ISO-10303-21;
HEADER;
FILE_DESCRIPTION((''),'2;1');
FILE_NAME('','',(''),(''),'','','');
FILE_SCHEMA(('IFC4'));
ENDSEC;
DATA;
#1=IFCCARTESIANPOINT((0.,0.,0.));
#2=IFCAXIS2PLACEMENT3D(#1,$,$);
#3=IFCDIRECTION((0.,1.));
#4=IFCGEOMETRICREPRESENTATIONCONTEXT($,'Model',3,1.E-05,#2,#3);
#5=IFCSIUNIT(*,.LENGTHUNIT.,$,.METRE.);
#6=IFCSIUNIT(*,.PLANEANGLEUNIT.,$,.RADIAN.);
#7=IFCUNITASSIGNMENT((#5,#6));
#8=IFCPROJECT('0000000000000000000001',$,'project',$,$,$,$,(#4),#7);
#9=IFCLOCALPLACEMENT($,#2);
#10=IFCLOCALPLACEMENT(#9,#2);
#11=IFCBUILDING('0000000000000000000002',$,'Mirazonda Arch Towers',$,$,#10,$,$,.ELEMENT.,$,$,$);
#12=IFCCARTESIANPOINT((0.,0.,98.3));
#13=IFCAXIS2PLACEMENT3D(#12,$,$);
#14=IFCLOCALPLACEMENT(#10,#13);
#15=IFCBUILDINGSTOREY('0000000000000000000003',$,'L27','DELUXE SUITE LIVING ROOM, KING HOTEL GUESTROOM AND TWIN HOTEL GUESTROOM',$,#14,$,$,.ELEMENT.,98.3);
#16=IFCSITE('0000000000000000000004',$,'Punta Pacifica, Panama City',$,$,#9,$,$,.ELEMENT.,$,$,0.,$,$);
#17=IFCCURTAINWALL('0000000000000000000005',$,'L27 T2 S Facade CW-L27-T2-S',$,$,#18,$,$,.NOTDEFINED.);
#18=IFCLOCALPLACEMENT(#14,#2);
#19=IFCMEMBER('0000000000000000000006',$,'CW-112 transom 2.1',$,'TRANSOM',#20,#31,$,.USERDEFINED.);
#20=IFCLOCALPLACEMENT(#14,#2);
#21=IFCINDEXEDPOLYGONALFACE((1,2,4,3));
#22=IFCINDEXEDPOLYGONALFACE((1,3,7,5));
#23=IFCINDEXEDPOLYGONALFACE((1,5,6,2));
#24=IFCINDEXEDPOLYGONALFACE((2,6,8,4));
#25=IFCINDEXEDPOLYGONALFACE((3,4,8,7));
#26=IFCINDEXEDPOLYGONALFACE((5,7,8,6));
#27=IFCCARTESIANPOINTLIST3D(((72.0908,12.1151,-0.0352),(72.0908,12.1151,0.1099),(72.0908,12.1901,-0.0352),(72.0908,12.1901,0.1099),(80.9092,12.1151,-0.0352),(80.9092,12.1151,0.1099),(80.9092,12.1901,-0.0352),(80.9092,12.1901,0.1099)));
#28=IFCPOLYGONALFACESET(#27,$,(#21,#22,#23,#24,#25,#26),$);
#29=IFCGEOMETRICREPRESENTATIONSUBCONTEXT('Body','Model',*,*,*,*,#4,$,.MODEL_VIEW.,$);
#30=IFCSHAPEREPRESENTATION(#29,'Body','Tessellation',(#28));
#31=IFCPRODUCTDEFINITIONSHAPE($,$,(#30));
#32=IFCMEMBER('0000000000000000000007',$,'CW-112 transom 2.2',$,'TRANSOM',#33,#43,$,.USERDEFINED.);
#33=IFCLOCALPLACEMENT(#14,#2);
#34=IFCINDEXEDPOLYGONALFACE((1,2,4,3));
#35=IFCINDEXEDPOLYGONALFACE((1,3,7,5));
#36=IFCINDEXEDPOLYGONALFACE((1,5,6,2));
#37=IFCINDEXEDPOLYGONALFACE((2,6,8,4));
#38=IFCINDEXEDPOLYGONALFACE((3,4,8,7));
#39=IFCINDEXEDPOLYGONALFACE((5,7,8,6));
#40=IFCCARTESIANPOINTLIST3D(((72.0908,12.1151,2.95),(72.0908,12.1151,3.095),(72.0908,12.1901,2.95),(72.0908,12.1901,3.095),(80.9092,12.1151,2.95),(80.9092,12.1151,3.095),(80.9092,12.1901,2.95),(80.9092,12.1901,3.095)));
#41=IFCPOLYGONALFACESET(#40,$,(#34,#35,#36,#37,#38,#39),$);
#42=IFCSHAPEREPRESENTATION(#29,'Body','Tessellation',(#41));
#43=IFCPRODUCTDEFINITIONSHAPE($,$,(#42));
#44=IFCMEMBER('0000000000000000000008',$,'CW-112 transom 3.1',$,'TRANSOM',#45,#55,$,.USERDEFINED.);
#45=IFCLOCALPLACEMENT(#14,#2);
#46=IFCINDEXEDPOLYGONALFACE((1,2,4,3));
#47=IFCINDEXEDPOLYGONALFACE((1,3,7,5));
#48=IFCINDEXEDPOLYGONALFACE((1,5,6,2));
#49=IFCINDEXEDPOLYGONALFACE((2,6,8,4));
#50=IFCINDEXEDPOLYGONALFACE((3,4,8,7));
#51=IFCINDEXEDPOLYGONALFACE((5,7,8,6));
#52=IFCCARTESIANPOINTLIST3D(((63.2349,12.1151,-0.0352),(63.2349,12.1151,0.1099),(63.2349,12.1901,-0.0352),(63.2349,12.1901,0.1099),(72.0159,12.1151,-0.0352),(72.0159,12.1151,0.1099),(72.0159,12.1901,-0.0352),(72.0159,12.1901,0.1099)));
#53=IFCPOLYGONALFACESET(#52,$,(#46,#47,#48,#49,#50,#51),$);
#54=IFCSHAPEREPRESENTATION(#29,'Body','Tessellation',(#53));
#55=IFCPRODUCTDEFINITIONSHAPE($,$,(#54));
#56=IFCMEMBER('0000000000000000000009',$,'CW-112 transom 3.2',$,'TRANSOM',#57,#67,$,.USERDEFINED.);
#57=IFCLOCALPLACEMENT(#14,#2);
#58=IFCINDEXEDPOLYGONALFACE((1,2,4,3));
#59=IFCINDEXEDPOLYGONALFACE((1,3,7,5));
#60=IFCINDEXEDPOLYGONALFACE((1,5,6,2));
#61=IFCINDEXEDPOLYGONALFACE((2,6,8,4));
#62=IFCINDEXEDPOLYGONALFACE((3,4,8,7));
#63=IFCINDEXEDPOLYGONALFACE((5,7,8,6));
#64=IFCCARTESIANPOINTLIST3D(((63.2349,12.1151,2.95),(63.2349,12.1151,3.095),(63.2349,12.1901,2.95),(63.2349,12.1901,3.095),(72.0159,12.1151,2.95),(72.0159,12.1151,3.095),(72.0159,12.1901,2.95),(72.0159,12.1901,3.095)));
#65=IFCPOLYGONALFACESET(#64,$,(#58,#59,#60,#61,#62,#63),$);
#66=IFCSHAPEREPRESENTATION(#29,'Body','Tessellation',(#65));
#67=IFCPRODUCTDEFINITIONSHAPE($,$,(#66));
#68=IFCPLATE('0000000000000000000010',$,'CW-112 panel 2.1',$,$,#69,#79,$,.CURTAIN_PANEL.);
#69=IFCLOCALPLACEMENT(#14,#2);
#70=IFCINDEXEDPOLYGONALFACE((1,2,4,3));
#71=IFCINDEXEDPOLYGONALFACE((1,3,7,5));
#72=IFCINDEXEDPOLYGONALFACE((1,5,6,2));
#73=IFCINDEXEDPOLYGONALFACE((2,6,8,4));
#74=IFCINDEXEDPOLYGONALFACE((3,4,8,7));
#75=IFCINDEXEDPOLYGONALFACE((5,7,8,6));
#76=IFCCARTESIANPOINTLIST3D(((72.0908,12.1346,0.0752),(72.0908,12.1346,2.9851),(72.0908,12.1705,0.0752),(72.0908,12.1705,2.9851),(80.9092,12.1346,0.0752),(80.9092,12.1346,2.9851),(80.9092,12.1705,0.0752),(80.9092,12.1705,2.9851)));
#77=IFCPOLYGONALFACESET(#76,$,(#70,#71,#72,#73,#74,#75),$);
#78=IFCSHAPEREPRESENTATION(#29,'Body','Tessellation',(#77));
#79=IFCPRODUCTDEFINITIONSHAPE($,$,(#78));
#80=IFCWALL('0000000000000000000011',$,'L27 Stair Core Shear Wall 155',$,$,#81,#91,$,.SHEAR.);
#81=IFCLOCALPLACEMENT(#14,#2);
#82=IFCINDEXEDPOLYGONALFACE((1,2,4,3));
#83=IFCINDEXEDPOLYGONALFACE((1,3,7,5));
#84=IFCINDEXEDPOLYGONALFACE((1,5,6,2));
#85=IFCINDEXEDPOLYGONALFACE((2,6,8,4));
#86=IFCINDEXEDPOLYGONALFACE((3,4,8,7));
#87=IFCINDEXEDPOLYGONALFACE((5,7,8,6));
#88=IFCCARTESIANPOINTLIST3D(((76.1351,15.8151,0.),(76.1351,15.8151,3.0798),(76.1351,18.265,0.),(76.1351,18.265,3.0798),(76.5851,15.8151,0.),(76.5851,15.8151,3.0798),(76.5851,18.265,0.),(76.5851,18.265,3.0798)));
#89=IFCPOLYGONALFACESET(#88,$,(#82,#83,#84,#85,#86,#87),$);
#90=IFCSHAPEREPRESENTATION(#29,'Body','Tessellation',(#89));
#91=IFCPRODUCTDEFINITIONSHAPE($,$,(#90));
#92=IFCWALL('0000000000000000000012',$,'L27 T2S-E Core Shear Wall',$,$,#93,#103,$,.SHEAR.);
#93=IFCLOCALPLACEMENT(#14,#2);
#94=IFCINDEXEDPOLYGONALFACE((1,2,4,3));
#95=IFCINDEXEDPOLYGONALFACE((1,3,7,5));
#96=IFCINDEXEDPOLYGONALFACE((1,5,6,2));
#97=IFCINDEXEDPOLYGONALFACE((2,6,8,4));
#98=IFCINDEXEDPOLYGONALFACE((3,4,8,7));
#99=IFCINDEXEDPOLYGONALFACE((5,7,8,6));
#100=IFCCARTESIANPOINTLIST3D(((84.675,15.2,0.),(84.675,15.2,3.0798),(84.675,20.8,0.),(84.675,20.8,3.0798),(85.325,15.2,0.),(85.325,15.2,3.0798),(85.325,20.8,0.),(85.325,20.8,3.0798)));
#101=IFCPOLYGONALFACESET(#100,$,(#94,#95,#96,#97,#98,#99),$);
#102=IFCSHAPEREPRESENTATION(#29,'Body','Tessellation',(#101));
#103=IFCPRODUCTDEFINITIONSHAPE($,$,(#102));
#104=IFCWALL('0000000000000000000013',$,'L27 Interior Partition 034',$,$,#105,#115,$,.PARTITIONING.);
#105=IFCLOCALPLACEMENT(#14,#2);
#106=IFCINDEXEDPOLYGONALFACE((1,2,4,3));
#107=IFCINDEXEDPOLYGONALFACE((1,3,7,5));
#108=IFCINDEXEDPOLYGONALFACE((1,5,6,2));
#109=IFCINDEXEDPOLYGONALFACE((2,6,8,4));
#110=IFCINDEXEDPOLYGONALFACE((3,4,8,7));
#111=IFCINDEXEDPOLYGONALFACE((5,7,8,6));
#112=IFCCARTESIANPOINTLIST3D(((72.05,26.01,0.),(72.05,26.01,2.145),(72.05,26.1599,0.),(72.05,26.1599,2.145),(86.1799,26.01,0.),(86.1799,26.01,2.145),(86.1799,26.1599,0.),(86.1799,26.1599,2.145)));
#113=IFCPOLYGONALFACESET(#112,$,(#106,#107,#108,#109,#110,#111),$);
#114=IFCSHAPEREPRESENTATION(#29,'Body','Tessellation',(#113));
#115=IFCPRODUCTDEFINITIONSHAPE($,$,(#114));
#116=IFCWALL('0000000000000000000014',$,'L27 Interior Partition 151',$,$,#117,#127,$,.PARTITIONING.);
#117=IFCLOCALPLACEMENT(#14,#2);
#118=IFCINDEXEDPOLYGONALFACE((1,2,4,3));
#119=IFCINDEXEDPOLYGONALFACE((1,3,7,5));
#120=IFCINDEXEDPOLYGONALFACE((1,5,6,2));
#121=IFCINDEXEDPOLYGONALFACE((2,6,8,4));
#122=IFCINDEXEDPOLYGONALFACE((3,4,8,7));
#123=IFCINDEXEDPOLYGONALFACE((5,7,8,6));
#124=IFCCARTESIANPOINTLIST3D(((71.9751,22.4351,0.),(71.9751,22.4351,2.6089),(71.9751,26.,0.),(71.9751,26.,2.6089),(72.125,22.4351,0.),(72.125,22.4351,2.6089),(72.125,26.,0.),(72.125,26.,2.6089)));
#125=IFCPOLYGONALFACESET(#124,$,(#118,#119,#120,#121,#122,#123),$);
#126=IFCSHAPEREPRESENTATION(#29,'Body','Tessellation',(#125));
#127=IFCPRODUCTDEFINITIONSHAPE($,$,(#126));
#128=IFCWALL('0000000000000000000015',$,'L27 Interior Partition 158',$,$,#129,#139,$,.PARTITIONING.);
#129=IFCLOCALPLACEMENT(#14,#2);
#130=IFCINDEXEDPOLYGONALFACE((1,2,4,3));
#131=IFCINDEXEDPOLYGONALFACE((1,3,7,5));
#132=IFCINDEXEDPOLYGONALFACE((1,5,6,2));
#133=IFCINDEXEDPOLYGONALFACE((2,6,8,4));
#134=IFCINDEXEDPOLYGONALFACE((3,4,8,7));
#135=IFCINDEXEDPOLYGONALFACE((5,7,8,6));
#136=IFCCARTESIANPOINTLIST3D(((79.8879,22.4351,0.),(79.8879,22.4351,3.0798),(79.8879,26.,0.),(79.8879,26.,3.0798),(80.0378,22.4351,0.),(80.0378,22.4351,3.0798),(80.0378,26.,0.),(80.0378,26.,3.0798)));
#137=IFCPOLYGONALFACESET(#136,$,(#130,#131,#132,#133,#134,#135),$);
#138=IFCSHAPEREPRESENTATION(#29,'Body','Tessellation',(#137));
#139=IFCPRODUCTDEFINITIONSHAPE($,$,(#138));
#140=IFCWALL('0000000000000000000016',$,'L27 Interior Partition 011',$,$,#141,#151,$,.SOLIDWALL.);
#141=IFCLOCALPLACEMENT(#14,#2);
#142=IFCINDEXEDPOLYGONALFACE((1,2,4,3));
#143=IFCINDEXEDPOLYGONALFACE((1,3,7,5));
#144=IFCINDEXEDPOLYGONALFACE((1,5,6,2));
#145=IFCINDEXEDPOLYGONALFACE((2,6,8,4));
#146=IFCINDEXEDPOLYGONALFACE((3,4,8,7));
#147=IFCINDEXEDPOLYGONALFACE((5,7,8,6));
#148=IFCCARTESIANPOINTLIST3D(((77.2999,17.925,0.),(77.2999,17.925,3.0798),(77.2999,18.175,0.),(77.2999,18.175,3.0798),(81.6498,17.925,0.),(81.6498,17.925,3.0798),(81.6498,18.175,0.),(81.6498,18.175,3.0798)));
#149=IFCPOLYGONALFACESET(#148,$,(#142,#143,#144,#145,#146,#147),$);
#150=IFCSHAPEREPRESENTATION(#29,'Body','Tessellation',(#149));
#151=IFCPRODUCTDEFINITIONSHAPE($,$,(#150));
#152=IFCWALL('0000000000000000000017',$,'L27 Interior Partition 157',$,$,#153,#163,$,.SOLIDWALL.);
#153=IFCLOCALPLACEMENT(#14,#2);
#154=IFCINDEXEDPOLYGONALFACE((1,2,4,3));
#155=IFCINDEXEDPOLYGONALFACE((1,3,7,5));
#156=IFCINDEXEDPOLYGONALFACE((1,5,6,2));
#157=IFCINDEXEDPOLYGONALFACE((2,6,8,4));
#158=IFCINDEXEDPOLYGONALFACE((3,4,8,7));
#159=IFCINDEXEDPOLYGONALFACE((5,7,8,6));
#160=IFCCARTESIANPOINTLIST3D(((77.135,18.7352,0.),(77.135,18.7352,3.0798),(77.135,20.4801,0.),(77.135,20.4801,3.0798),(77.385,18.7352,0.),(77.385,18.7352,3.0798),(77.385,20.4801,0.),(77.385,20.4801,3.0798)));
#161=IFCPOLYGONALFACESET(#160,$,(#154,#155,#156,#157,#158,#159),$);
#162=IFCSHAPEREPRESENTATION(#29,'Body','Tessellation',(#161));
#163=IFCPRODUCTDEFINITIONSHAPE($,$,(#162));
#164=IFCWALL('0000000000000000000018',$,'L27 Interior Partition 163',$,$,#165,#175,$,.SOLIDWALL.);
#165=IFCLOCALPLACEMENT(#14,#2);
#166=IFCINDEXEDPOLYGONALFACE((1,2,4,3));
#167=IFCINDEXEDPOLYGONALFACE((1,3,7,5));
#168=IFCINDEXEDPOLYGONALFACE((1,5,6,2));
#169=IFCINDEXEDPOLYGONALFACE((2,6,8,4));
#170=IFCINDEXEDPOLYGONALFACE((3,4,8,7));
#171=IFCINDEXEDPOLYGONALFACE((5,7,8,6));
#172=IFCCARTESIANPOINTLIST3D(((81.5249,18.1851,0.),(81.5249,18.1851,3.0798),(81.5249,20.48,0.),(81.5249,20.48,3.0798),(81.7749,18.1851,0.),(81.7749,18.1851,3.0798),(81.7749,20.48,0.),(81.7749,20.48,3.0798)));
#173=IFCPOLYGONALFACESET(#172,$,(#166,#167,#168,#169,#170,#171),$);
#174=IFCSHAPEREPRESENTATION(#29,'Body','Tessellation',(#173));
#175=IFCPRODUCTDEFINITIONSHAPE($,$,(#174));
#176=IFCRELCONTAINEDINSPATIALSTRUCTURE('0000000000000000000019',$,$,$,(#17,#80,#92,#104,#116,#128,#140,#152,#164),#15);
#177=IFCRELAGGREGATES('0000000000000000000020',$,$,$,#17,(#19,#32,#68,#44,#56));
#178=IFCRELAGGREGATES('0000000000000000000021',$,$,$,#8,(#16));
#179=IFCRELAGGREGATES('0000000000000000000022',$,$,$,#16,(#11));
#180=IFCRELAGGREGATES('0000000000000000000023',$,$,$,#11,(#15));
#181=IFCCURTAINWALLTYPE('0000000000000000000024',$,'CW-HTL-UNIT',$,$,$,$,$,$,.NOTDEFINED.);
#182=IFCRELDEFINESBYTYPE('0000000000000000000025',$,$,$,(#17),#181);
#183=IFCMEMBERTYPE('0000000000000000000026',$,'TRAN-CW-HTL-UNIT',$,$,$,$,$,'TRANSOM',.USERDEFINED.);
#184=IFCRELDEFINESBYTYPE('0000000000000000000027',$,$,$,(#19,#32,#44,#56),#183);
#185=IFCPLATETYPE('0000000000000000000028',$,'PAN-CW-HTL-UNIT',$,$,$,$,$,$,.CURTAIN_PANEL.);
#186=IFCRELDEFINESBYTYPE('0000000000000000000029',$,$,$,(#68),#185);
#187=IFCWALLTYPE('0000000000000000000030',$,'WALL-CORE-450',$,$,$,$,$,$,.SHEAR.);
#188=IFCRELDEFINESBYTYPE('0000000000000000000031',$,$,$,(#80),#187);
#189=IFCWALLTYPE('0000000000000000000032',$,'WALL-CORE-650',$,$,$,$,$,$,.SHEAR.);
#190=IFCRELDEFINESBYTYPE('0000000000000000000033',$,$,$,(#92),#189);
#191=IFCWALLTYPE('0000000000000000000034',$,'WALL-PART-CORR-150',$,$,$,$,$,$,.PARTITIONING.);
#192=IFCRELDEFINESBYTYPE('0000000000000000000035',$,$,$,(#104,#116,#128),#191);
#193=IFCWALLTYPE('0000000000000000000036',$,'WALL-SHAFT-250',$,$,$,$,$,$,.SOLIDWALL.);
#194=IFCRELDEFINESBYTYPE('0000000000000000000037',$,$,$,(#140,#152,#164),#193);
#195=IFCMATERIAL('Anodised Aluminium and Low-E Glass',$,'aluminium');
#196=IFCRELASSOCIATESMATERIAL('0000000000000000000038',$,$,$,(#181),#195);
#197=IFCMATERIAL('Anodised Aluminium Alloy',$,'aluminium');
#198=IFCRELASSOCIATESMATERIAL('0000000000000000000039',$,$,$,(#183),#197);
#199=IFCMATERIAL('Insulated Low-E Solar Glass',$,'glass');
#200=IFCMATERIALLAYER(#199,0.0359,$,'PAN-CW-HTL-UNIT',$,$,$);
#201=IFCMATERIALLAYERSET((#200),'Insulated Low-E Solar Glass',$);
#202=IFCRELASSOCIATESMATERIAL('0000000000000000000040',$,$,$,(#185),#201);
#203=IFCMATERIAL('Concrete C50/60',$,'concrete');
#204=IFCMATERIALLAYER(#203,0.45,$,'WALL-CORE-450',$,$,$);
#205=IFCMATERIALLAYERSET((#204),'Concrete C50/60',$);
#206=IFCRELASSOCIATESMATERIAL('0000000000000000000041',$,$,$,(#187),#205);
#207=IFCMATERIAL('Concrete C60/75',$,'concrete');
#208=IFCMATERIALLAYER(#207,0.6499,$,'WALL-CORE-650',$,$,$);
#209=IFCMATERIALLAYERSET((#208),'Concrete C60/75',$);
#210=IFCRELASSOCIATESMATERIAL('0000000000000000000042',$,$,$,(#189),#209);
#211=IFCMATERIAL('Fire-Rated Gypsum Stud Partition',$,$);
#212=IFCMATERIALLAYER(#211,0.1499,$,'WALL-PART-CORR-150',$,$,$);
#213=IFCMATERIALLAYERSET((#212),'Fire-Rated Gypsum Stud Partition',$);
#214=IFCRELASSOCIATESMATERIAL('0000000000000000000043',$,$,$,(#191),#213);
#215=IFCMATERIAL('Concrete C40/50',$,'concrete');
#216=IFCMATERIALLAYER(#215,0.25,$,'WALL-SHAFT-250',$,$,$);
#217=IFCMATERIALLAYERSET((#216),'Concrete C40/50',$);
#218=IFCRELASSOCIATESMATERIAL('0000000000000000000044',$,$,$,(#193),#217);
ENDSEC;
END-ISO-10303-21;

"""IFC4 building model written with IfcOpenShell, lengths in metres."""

from ifc_helpers import new_model, si_unit, direction, frame, frame_2d, origin, origin_2d, place, context, subcontext, project, spatial, rectangle, extrude, material, layer, layer_set, material_profile, profile_set, type_object, element, aggregate, save


model = new_model("IFC4")

# Units and contexts
model_context = context("Model", 3, precision=1e-05, world=origin(), true_north=direction((0.0, 1.0)))
body_context = subcontext(model_context, "Body", "Model", "MODEL_VIEW")
ifc_project = project(units=[si_unit("LENGTHUNIT", "METRE"), si_unit("PLANEANGLEUNIT", "RADIAN")], contexts=[model_context])

# Site, building, storey
site_placement = place(None, origin())
site = spatial("IfcSite", under=ifc_project, at=site_placement, Name="Punta Pacifica, Panama City", CompositionType="ELEMENT", RefElevation=0.0)
building_placement = place(site_placement, origin())
building = spatial("IfcBuilding", under=site, at=building_placement, Name="Mirazonda Arch Towers", CompositionType="ELEMENT")
storey_placement = place(building_placement, frame((0.0, 0.0, 98.3)))
storey = spatial("IfcBuildingStorey", under=building, at=storey_placement, Name="L27", Description="DELUXE SUITE LIVING ROOM, KING HOTEL GUESTROOM AND TWIN HOTEL GUESTROOM", CompositionType="ELEMENT", Elevation=98.3)

# Shared definitions
ifc_material_1 = material(Name="Concrete C50/60", Category="concrete")

# Shared definitions
ifc_material_2 = material(Name="Concrete C60/75", Category="concrete")

# Curtain wall, members, plate
ifc_material_3 = material(Name="Anodised Aluminium and Low-E Glass", Category="aluminium")
curtain_wall_type = type_object("IfcCurtainWallType", Name="CW-HTL-UNIT", PredefinedType="NOTDEFINED", material=ifc_material_3)
curtain_wall_placement = place(storey_placement, origin())
curtain_wall = element("IfcCurtainWall", 1, at=curtain_wall_placement, inside=storey, type_object=curtain_wall_type, Name="L27 T2 S Facade CW-L27-T2-S", PredefinedType="NOTDEFINED")
ifc_material_4 = material(Name="Anodised Aluminium Alloy", Category="aluminium")
ifc_material_profile_1 = material_profile(ifc_material_4, rectangle(XDim=0.075, YDim=0.145, at=origin_2d()), Name="ALU-TRAN-75x145")
ifc_profile_set_1 = profile_set([ifc_material_profile_1], Name="Anodised Aluminium Alloy")
member_type_1 = type_object("IfcMemberType", Name="TRAN-CW-HTL-UNIT", ElementType="TRANSOM", PredefinedType="USERDEFINED", material=ifc_profile_set_1)
member_1_placement = place(storey_placement, frame((80.9092, 12.1526, 0.0374), z_axis=(-1.0, 0.0, 0.0), x_axis=(0.0, -1.0, 0.0)))
member_1 = element("IfcMember", 2, at=member_1_placement, type_object=member_type_1, Name="CW-112 transom 2.1", ObjectType="TRANSOM", PredefinedType="USERDEFINED", context=body_context, shape_type="SweptSolid", body=[
    extrude(rectangle(XDim=0.075, YDim=0.145, at=origin_2d()), origin(), (0.0, 0.0, 1.0), 8.8184),
])
member_2_placement = place(storey_placement, frame((80.9092, 12.1526, 3.0225), z_axis=(-1.0, 0.0, 0.0), x_axis=(0.0, -1.0, 0.0)))
member_2 = element("IfcMember", 3, at=member_2_placement, type_object=member_type_1, Name="CW-112 transom 2.2", ObjectType="TRANSOM", PredefinedType="USERDEFINED", context=body_context, shape_type="SweptSolid", body=[
    extrude(rectangle(XDim=0.075, YDim=0.145, at=origin_2d()), origin(), (0.0, 0.0, 1.0), 8.8184),
])
member_3_placement = place(storey_placement, frame((72.0159, 12.1526, 0.0374), z_axis=(-1.0, 0.0, 0.0), x_axis=(0.0, -1.0, 0.0)))
member_3 = element("IfcMember", 4, at=member_3_placement, type_object=member_type_1, Name="CW-112 transom 3.1", ObjectType="TRANSOM", PredefinedType="USERDEFINED", context=body_context, shape_type="SweptSolid", body=[
    extrude(rectangle(XDim=0.075, YDim=0.145, at=origin_2d()), origin(), (0.0, 0.0, 1.0), 8.781),
])
member_4_placement = place(storey_placement, frame((72.0159, 12.1526, 3.0225), z_axis=(-1.0, 0.0, 0.0), x_axis=(0.0, -1.0, 0.0)))
member_4 = element("IfcMember", 5, at=member_4_placement, type_object=member_type_1, Name="CW-112 transom 3.2", ObjectType="TRANSOM", PredefinedType="USERDEFINED", context=body_context, shape_type="SweptSolid", body=[
    extrude(rectangle(XDim=0.075, YDim=0.145, at=origin_2d()), origin(), (0.0, 0.0, 1.0), 8.781),
])
ifc_material_5 = material(Name="Insulated Low-E Solar Glass", Category="glass")
ifc_layer_1 = layer(ifc_material_5, 0.0359, Name="PAN-CW-HTL-UNIT")
ifc_layer_set_1 = layer_set([ifc_layer_1], Name="Insulated Low-E Solar Glass")
plate_type = type_object("IfcPlateType", Name="PAN-CW-HTL-UNIT", PredefinedType="CURTAIN_PANEL", material=ifc_layer_set_1)
plate_placement = place(storey_placement, frame((76.5, 12.1526, 0.0752), z_axis=(0.0, 0.0, 1.0), x_axis=(-1.0, 0.0, 0.0)))
plate = element("IfcPlate", 6, at=plate_placement, type_object=plate_type, Name="CW-112 panel 2.1", PredefinedType="CURTAIN_PANEL", context=body_context, shape_type="SweptSolid", body=[
    extrude(rectangle(XDim=8.8184, YDim=0.0359, at=origin_2d()), origin(), (0.0, 0.0, 1.0), 2.9099),
])
aggregate(curtain_wall, [member_1, member_2, plate, member_3, member_4])

# Walls
ifc_layer_2 = layer(ifc_material_1, 0.45, Name="WALL-CORE-450")
ifc_layer_set_2 = layer_set([ifc_layer_2], Name="Concrete C50/60")
wall_type_1 = type_object("IfcWallType", Name="WALL-CORE-450", PredefinedType="SHEAR", material=ifc_layer_set_2)
wall_1_placement = place(storey_placement, frame((76.3601, 15.8149, 0.0), z_axis=(0.0, 0.0, 1.0), x_axis=(0.0, 1.0, 0.0)))
element("IfcWall", 7, at=wall_1_placement, inside=storey, type_object=wall_type_1, Name="L27 Stair Core Shear Wall 155", PredefinedType="SHEAR", context=body_context, shape_type="SweptSolid", body=[
    extrude(rectangle(XDim=2.45, YDim=0.45, at=frame_2d((1.2251, 0.0))), origin(), (0.0, 0.0, 1.0), 3.0798),
])
ifc_layer_3 = layer(ifc_material_2, 0.6499, Name="WALL-CORE-650")
ifc_layer_set_3 = layer_set([ifc_layer_3], Name="Concrete C60/75")
wall_type_2 = type_object("IfcWallType", Name="WALL-CORE-650", PredefinedType="SHEAR", material=ifc_layer_set_3)
wall_2_placement = place(storey_placement, frame((85.0, 15.2, 0.0), z_axis=(0.0, 0.0, 1.0), x_axis=(0.0, 1.0, 0.0)))
element("IfcWall", 8, at=wall_2_placement, inside=storey, type_object=wall_type_2, Name="L27 T2S-E Core Shear Wall", PredefinedType="SHEAR", context=body_context, shape_type="SweptSolid", body=[
    extrude(rectangle(XDim=5.6001, YDim=0.6499, at=frame_2d((2.8, 0.0))), origin(), (0.0, 0.0, 1.0), 3.0798),
])
ifc_material_6 = material(Name="Fire-Rated Gypsum Stud Partition")
ifc_layer_4 = layer(ifc_material_6, 0.1499, Name="WALL-PART-CORR-150")
ifc_layer_set_4 = layer_set([ifc_layer_4], Name="Fire-Rated Gypsum Stud Partition")
wall_type_3 = type_object("IfcWallType", Name="WALL-PART-CORR-150", PredefinedType="PARTITIONING", material=ifc_layer_set_4)
wall_3_placement = place(storey_placement, frame((72.05, 26.085, 0.0), z_axis=(0.0, 0.0, 1.0), x_axis=(1.0, 0.0, 0.0)))
element("IfcWall", 9, at=wall_3_placement, inside=storey, type_object=wall_type_3, Name="L27 Interior Partition 034", PredefinedType="PARTITIONING", context=body_context, shape_type="SweptSolid", body=[
    extrude(rectangle(XDim=14.1299, YDim=0.1499, at=frame_2d((7.0649, 0.0))), origin(), (0.0, 0.0, 1.0), 2.145),
])
wall_4_placement = place(storey_placement, frame((72.05, 22.4351, 0.0), z_axis=(0.0, 0.0, 1.0), x_axis=(0.0, 1.0, 0.0)))
element("IfcWall", 10, at=wall_4_placement, inside=storey, type_object=wall_type_3, Name="L27 Interior Partition 151", PredefinedType="PARTITIONING", context=body_context, shape_type="SweptSolid", body=[
    extrude(rectangle(XDim=3.5649, YDim=0.1499, at=frame_2d((1.7825, 0.0))), origin(), (0.0, 0.0, 1.0), 2.6089),
])
wall_5_placement = place(storey_placement, frame((79.9629, 22.4351, 0.0), z_axis=(0.0, 0.0, 1.0), x_axis=(0.0, 1.0, 0.0)))
element("IfcWall", 11, at=wall_5_placement, inside=storey, type_object=wall_type_3, Name="L27 Interior Partition 158", PredefinedType="PARTITIONING", context=body_context, shape_type="SweptSolid", body=[
    extrude(rectangle(XDim=3.5649, YDim=0.1499, at=frame_2d((1.7825, 0.0))), origin(), (0.0, 0.0, 1.0), 3.0798),
])
ifc_material_7 = material(Name="Concrete C40/50", Category="concrete")
ifc_layer_5 = layer(ifc_material_7, 0.25, Name="WALL-SHAFT-250")
ifc_layer_set_5 = layer_set([ifc_layer_5], Name="Concrete C40/50")
wall_type_4 = type_object("IfcWallType", Name="WALL-SHAFT-250", PredefinedType="SOLIDWALL", material=ifc_layer_set_5)
wall_6_placement = place(storey_placement, frame((77.3, 18.05, 0.0), z_axis=(0.0, 0.0, 1.0), x_axis=(1.0, 0.0, 0.0)))
element("IfcWall", 12, at=wall_6_placement, inside=storey, type_object=wall_type_4, Name="L27 Interior Partition 011", PredefinedType="SOLIDWALL", context=body_context, shape_type="SweptSolid", body=[
    extrude(rectangle(XDim=4.3499, YDim=0.25, at=frame_2d((2.1748, 0.0))), origin(), (0.0, 0.0, 1.0), 3.0798),
])
wall_7_placement = place(storey_placement, frame((77.26, 18.7351, 0.0), z_axis=(0.0, 0.0, 1.0), x_axis=(0.0, 1.0, 0.0)))
element("IfcWall", 13, at=wall_7_placement, inside=storey, type_object=wall_type_4, Name="L27 Interior Partition 157", PredefinedType="SOLIDWALL", context=body_context, shape_type="SweptSolid", body=[
    extrude(rectangle(XDim=1.7449, YDim=0.25, at=frame_2d((0.8726, 0.0))), origin(), (0.0, 0.0, 1.0), 3.0798),
])
wall_8_placement = place(storey_placement, frame((81.6499, 18.1851, 0.0), z_axis=(0.0, 0.0, 1.0), x_axis=(0.0, 1.0, 0.0)))
element("IfcWall", 14, at=wall_8_placement, inside=storey, type_object=wall_type_4, Name="L27 Interior Partition 163", PredefinedType="SOLIDWALL", context=body_context, shape_type="SweptSolid", body=[
    extrude(rectangle(XDim=2.2949, YDim=0.25, at=frame_2d((1.1475, 0.0))), origin(), (0.0, 0.0, 1.0), 3.0798),
])

save(model, "model.ifc")
